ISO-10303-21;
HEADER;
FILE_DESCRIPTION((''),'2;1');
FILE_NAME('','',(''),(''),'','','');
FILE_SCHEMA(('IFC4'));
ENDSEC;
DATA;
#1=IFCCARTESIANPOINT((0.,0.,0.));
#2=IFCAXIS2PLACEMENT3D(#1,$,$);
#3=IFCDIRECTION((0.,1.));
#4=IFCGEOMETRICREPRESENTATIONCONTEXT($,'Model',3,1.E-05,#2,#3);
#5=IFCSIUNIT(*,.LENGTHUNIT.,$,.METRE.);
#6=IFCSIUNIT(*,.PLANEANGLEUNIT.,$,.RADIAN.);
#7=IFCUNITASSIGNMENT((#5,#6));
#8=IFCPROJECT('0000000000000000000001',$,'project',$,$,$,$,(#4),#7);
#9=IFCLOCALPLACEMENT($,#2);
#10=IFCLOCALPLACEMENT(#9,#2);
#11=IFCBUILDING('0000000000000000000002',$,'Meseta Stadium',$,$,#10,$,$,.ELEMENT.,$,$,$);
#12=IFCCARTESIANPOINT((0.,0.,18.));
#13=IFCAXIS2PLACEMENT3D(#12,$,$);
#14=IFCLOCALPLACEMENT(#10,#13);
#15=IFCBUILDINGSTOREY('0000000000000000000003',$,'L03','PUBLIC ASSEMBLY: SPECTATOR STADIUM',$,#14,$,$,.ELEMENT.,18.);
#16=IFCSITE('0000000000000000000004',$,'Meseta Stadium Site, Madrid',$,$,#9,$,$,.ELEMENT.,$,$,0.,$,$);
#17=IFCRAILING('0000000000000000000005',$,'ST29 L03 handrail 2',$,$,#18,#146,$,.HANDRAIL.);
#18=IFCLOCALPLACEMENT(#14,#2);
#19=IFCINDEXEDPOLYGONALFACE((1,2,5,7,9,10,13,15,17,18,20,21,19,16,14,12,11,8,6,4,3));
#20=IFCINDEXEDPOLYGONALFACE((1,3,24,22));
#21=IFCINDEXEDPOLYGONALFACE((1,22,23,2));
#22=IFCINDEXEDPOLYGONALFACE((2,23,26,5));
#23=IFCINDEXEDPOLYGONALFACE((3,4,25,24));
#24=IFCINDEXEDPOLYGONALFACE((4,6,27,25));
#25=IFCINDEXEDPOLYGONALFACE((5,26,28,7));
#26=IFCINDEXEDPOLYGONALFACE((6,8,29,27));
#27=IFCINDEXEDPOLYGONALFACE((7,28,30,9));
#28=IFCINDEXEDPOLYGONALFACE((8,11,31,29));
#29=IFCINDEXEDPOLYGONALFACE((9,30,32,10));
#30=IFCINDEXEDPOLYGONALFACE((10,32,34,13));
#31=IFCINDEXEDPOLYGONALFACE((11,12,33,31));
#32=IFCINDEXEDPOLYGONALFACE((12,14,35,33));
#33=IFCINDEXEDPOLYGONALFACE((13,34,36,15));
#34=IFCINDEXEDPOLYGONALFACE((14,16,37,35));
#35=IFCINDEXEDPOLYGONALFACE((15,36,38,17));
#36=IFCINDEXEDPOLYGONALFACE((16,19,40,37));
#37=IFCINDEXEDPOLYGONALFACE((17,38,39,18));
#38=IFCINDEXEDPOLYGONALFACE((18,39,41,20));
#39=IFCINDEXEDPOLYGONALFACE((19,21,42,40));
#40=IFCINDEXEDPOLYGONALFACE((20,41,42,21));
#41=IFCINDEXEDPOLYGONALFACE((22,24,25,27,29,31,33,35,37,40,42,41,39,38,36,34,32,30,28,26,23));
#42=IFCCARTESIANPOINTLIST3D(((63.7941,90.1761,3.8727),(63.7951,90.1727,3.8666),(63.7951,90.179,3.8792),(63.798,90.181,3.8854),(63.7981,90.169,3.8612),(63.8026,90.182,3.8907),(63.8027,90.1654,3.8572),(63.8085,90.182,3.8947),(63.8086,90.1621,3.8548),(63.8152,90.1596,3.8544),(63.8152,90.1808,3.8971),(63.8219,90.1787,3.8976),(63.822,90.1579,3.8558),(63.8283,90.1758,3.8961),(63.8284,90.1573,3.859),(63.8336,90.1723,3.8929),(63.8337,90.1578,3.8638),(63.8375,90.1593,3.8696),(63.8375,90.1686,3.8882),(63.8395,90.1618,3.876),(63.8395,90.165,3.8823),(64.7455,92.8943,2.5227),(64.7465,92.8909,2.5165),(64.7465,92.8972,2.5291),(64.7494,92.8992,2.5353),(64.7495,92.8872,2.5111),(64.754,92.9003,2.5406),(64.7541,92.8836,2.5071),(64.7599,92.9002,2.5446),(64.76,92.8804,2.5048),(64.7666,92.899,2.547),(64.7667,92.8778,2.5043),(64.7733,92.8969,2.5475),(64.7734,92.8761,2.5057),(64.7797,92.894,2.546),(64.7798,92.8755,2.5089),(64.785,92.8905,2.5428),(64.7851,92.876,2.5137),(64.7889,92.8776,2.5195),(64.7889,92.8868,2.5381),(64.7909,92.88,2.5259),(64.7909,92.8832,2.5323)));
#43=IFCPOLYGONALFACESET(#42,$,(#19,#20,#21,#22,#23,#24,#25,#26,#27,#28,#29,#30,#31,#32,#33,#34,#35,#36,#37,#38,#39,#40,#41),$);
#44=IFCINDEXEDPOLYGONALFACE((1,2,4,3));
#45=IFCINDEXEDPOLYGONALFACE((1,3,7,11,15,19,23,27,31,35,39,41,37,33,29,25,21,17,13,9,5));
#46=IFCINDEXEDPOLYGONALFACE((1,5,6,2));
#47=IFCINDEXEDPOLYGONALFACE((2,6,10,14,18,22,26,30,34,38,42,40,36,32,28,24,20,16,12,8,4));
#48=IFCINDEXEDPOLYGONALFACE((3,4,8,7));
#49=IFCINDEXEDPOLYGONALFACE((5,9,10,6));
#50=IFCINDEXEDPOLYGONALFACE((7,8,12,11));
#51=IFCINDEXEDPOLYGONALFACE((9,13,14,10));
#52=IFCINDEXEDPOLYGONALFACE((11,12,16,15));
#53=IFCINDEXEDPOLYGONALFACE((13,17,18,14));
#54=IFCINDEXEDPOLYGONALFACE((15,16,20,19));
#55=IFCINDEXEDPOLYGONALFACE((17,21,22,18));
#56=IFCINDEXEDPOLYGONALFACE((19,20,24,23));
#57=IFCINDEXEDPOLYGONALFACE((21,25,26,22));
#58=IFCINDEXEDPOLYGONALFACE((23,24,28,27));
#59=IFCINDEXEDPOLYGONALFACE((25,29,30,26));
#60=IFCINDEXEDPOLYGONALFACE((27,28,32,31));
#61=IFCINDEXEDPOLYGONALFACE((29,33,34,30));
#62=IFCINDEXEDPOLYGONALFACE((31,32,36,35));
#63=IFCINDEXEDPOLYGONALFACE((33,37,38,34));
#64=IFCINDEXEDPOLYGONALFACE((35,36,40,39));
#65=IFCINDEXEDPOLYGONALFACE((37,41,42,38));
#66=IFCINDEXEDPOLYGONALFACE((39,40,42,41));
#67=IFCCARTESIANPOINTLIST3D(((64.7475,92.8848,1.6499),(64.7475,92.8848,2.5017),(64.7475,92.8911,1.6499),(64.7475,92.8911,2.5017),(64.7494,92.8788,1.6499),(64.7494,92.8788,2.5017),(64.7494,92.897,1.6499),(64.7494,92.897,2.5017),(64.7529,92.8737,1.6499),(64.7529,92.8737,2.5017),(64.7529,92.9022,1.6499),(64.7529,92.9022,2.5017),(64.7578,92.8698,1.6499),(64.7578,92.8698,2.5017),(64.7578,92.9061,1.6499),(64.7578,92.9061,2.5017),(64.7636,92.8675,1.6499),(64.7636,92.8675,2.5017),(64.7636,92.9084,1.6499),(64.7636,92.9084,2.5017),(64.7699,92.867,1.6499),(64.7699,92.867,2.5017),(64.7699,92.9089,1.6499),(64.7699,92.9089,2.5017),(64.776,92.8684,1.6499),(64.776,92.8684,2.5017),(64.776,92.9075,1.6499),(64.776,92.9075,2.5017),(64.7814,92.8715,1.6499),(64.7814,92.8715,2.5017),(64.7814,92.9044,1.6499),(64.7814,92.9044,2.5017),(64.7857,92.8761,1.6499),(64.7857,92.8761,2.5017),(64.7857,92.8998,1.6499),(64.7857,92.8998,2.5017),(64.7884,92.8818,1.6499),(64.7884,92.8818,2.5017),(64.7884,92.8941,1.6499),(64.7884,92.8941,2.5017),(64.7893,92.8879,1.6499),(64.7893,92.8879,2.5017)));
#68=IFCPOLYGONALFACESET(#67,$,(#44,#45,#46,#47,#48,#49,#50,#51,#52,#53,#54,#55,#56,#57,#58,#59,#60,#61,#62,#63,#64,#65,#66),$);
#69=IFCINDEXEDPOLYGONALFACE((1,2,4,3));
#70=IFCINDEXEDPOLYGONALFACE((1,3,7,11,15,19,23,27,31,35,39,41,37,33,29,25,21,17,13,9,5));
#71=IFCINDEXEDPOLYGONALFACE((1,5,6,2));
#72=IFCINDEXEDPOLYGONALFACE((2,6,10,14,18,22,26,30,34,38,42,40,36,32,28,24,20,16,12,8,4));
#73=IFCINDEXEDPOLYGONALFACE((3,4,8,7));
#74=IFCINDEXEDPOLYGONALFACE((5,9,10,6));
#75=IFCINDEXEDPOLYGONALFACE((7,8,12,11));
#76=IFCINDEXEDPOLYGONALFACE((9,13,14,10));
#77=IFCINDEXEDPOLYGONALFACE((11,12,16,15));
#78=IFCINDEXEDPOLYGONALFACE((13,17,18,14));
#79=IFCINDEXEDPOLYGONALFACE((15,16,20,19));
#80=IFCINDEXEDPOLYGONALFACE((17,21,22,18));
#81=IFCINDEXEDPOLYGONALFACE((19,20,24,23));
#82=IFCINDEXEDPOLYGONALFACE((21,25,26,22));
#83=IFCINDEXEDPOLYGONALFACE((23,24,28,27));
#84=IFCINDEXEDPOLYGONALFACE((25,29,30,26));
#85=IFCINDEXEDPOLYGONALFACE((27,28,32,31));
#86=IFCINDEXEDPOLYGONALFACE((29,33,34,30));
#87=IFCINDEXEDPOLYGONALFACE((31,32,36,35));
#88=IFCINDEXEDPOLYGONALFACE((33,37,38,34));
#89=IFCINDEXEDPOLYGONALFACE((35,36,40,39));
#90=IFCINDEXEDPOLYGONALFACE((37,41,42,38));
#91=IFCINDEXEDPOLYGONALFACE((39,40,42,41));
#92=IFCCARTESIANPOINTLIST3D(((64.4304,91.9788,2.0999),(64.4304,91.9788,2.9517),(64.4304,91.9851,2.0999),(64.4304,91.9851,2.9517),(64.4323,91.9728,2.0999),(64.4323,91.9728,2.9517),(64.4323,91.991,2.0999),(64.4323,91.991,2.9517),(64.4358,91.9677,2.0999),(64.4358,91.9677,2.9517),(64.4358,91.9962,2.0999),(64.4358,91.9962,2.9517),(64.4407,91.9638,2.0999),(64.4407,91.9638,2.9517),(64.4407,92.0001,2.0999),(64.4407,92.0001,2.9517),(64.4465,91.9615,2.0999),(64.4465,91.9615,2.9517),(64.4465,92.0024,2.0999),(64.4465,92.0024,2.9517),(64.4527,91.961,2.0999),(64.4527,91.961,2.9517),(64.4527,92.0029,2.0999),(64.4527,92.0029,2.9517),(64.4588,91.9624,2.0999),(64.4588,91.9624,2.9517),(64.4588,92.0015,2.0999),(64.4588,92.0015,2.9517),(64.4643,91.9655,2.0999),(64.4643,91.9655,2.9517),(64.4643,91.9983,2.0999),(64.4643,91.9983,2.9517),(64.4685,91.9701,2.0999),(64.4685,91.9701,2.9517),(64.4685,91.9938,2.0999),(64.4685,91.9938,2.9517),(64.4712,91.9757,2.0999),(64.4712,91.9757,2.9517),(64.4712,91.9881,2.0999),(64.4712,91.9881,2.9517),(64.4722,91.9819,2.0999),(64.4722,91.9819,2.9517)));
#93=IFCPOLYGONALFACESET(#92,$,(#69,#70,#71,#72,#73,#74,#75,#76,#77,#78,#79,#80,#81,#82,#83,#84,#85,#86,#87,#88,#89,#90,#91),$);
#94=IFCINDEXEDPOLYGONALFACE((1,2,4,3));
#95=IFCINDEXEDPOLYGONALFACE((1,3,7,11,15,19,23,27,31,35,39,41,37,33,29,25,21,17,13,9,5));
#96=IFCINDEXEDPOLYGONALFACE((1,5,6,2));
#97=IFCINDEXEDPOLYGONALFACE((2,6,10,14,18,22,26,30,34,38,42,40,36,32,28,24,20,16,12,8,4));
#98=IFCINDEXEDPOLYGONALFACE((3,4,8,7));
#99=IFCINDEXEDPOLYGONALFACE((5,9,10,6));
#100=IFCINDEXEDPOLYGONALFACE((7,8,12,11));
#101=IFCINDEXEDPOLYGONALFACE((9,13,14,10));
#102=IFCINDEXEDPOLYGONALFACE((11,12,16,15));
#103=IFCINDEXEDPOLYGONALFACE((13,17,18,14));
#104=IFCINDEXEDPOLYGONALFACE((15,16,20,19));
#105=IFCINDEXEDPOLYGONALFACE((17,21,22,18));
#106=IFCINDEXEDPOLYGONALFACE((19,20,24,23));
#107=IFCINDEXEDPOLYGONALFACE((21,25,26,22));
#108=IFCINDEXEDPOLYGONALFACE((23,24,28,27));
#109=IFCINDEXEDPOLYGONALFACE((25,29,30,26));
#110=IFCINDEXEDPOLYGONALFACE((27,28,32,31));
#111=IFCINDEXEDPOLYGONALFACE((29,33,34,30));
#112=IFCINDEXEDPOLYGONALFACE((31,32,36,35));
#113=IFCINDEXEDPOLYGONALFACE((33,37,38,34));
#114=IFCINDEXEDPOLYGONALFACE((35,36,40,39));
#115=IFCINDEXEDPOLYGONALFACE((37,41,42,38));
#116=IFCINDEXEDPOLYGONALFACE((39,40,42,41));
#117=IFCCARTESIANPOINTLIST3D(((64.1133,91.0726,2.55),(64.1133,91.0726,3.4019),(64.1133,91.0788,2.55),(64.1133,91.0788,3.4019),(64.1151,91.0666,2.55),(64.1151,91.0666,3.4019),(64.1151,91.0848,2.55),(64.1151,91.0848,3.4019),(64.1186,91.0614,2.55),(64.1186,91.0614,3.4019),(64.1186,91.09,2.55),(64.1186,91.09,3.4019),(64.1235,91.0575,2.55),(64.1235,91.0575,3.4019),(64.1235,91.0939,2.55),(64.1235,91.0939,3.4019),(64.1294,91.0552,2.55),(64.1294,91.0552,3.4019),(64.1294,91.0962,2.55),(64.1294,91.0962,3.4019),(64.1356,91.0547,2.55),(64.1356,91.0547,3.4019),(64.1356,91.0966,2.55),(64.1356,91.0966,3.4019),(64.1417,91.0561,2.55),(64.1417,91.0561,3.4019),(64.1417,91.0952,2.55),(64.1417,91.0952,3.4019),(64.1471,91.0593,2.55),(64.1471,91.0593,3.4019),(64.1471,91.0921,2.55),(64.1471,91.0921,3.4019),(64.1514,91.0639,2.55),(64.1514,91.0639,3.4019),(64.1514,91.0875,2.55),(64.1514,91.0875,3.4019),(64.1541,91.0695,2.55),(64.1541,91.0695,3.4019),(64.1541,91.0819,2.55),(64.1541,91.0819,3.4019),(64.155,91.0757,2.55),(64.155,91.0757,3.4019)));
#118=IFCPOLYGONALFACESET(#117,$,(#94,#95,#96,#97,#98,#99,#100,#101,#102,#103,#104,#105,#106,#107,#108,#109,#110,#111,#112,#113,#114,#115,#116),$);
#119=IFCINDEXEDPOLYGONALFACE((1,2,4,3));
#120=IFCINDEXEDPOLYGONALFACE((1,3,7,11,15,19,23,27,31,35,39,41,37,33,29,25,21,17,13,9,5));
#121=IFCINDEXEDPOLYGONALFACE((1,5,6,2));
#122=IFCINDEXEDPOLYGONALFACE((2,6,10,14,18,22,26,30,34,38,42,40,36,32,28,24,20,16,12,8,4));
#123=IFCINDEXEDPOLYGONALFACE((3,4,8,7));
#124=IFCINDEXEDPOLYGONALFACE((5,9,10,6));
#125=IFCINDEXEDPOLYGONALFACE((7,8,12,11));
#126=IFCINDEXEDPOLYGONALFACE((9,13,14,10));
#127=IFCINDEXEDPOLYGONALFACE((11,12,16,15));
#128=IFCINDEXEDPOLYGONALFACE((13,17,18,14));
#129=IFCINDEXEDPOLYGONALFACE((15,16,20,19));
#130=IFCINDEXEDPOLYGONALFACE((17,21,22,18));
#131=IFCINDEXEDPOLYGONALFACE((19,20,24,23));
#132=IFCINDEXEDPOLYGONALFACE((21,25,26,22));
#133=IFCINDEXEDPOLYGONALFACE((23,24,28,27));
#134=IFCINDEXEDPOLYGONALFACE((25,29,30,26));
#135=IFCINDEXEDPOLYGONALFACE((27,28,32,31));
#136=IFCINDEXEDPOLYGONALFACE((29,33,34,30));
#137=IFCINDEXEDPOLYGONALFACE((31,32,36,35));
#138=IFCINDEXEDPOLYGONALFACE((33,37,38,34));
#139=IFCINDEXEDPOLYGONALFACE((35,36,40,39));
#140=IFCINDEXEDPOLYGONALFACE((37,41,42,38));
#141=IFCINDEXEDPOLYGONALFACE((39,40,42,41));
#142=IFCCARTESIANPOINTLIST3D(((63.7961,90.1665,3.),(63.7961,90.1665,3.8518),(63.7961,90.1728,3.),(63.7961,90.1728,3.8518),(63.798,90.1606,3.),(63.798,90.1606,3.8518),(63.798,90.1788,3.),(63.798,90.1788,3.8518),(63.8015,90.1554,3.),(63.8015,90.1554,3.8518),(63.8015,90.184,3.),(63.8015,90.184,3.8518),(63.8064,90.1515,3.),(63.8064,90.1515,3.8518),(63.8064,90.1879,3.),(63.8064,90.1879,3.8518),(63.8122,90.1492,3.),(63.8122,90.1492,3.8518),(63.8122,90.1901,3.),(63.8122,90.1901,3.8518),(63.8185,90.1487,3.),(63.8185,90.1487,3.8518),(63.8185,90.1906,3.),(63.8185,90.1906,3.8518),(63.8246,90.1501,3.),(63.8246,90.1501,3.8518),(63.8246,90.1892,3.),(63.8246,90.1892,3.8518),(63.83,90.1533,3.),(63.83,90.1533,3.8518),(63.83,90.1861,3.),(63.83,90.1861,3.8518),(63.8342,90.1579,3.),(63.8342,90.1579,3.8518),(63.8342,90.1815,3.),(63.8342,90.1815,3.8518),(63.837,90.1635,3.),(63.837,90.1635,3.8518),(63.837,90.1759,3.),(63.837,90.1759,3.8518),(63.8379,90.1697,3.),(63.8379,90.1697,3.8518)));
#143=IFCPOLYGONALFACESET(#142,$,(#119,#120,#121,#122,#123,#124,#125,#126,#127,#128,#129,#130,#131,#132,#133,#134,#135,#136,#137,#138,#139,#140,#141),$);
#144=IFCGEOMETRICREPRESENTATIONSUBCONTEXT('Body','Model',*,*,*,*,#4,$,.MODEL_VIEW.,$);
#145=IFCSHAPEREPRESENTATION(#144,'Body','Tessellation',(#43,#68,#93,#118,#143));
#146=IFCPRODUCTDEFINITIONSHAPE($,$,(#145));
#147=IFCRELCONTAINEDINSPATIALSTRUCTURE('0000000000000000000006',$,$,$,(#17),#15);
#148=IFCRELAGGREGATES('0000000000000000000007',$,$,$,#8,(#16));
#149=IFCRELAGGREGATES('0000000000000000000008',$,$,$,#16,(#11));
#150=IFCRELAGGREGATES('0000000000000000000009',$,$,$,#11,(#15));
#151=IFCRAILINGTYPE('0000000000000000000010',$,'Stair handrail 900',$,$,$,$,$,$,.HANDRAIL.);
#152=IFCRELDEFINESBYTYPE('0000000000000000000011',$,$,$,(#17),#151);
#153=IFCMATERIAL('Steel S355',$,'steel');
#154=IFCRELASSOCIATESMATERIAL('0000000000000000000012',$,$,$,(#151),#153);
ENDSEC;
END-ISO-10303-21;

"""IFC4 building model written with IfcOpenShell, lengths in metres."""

from ifc_helpers import new_model, si_unit, direction, frame, origin, origin_2d, place, context, subcontext, project, spatial, circle, extrude, material, type_object, element, save


model = new_model("IFC4")

# Units and contexts
model_context = context("Model", 3, precision=1e-05, world=origin(), true_north=direction((0.0, 1.0)))
body_context = subcontext(model_context, "Body", "Model", "MODEL_VIEW")
ifc_project = project(units=[si_unit("LENGTHUNIT", "METRE"), si_unit("PLANEANGLEUNIT", "RADIAN")], contexts=[model_context])

# Site, building, storey
site_placement = place(None, origin())
site = spatial("IfcSite", under=ifc_project, at=site_placement, Name="Meseta Stadium Site, Madrid", CompositionType="ELEMENT", RefElevation=0.0)
building_placement = place(site_placement, origin())
building = spatial("IfcBuilding", under=site, at=building_placement, Name="Meseta Stadium", CompositionType="ELEMENT")
storey_placement = place(building_placement, frame((0.0, 0.0, 18.0)))
storey = spatial("IfcBuildingStorey", under=building, at=storey_placement, Name="L03", Description="PUBLIC ASSEMBLY: SPECTATOR STADIUM", CompositionType="ELEMENT", Elevation=18.0)

# Railing
ifc_material_1 = material(Name="Steel S355", Category="steel")
railing_type_1 = type_object("IfcRailingType", Name="Stair handrail 900", PredefinedType="HANDRAIL", material=ifc_material_1)
railing_1_placement = place(storey_placement, frame((64.7683, 92.8879, 1.6499)))
element("IfcRailing", 1, at=railing_1_placement, inside=storey, type_object=railing_type_1, Name="ST29 L03 handrail 2", PredefinedType="HANDRAIL", context=body_context, shape_type="SweptSolid", body=[
    extrude(circle(Radius=0.0239, at=origin_2d()), frame((0.0, 0.0, 0.876), z_axis=(-0.299121, -0.854609, 0.424465), x_axis=(0.943856, -0.330358, 0.0)), (0.0, 0.0, 1.0), 3.1807),
    extrude(circle(Radius=0.021, at=origin_2d()), origin(), (0.0, 0.0, 1.0), 0.8518),
    extrude(circle(Radius=0.021, at=origin_2d()), frame((-0.3171, -0.906, 0.45)), (0.0, 0.0, 1.0), 0.8518),
    extrude(circle(Radius=0.021, at=origin_2d()), frame((-0.6343, -1.8123, 0.9001)), (0.0, 0.0, 1.0), 0.8518),
    extrude(circle(Radius=0.021, at=origin_2d()), frame((-0.9514, -2.7183, 1.3501)), (0.0, 0.0, 1.0), 0.8518),
])

save(model, "model.ifc")
